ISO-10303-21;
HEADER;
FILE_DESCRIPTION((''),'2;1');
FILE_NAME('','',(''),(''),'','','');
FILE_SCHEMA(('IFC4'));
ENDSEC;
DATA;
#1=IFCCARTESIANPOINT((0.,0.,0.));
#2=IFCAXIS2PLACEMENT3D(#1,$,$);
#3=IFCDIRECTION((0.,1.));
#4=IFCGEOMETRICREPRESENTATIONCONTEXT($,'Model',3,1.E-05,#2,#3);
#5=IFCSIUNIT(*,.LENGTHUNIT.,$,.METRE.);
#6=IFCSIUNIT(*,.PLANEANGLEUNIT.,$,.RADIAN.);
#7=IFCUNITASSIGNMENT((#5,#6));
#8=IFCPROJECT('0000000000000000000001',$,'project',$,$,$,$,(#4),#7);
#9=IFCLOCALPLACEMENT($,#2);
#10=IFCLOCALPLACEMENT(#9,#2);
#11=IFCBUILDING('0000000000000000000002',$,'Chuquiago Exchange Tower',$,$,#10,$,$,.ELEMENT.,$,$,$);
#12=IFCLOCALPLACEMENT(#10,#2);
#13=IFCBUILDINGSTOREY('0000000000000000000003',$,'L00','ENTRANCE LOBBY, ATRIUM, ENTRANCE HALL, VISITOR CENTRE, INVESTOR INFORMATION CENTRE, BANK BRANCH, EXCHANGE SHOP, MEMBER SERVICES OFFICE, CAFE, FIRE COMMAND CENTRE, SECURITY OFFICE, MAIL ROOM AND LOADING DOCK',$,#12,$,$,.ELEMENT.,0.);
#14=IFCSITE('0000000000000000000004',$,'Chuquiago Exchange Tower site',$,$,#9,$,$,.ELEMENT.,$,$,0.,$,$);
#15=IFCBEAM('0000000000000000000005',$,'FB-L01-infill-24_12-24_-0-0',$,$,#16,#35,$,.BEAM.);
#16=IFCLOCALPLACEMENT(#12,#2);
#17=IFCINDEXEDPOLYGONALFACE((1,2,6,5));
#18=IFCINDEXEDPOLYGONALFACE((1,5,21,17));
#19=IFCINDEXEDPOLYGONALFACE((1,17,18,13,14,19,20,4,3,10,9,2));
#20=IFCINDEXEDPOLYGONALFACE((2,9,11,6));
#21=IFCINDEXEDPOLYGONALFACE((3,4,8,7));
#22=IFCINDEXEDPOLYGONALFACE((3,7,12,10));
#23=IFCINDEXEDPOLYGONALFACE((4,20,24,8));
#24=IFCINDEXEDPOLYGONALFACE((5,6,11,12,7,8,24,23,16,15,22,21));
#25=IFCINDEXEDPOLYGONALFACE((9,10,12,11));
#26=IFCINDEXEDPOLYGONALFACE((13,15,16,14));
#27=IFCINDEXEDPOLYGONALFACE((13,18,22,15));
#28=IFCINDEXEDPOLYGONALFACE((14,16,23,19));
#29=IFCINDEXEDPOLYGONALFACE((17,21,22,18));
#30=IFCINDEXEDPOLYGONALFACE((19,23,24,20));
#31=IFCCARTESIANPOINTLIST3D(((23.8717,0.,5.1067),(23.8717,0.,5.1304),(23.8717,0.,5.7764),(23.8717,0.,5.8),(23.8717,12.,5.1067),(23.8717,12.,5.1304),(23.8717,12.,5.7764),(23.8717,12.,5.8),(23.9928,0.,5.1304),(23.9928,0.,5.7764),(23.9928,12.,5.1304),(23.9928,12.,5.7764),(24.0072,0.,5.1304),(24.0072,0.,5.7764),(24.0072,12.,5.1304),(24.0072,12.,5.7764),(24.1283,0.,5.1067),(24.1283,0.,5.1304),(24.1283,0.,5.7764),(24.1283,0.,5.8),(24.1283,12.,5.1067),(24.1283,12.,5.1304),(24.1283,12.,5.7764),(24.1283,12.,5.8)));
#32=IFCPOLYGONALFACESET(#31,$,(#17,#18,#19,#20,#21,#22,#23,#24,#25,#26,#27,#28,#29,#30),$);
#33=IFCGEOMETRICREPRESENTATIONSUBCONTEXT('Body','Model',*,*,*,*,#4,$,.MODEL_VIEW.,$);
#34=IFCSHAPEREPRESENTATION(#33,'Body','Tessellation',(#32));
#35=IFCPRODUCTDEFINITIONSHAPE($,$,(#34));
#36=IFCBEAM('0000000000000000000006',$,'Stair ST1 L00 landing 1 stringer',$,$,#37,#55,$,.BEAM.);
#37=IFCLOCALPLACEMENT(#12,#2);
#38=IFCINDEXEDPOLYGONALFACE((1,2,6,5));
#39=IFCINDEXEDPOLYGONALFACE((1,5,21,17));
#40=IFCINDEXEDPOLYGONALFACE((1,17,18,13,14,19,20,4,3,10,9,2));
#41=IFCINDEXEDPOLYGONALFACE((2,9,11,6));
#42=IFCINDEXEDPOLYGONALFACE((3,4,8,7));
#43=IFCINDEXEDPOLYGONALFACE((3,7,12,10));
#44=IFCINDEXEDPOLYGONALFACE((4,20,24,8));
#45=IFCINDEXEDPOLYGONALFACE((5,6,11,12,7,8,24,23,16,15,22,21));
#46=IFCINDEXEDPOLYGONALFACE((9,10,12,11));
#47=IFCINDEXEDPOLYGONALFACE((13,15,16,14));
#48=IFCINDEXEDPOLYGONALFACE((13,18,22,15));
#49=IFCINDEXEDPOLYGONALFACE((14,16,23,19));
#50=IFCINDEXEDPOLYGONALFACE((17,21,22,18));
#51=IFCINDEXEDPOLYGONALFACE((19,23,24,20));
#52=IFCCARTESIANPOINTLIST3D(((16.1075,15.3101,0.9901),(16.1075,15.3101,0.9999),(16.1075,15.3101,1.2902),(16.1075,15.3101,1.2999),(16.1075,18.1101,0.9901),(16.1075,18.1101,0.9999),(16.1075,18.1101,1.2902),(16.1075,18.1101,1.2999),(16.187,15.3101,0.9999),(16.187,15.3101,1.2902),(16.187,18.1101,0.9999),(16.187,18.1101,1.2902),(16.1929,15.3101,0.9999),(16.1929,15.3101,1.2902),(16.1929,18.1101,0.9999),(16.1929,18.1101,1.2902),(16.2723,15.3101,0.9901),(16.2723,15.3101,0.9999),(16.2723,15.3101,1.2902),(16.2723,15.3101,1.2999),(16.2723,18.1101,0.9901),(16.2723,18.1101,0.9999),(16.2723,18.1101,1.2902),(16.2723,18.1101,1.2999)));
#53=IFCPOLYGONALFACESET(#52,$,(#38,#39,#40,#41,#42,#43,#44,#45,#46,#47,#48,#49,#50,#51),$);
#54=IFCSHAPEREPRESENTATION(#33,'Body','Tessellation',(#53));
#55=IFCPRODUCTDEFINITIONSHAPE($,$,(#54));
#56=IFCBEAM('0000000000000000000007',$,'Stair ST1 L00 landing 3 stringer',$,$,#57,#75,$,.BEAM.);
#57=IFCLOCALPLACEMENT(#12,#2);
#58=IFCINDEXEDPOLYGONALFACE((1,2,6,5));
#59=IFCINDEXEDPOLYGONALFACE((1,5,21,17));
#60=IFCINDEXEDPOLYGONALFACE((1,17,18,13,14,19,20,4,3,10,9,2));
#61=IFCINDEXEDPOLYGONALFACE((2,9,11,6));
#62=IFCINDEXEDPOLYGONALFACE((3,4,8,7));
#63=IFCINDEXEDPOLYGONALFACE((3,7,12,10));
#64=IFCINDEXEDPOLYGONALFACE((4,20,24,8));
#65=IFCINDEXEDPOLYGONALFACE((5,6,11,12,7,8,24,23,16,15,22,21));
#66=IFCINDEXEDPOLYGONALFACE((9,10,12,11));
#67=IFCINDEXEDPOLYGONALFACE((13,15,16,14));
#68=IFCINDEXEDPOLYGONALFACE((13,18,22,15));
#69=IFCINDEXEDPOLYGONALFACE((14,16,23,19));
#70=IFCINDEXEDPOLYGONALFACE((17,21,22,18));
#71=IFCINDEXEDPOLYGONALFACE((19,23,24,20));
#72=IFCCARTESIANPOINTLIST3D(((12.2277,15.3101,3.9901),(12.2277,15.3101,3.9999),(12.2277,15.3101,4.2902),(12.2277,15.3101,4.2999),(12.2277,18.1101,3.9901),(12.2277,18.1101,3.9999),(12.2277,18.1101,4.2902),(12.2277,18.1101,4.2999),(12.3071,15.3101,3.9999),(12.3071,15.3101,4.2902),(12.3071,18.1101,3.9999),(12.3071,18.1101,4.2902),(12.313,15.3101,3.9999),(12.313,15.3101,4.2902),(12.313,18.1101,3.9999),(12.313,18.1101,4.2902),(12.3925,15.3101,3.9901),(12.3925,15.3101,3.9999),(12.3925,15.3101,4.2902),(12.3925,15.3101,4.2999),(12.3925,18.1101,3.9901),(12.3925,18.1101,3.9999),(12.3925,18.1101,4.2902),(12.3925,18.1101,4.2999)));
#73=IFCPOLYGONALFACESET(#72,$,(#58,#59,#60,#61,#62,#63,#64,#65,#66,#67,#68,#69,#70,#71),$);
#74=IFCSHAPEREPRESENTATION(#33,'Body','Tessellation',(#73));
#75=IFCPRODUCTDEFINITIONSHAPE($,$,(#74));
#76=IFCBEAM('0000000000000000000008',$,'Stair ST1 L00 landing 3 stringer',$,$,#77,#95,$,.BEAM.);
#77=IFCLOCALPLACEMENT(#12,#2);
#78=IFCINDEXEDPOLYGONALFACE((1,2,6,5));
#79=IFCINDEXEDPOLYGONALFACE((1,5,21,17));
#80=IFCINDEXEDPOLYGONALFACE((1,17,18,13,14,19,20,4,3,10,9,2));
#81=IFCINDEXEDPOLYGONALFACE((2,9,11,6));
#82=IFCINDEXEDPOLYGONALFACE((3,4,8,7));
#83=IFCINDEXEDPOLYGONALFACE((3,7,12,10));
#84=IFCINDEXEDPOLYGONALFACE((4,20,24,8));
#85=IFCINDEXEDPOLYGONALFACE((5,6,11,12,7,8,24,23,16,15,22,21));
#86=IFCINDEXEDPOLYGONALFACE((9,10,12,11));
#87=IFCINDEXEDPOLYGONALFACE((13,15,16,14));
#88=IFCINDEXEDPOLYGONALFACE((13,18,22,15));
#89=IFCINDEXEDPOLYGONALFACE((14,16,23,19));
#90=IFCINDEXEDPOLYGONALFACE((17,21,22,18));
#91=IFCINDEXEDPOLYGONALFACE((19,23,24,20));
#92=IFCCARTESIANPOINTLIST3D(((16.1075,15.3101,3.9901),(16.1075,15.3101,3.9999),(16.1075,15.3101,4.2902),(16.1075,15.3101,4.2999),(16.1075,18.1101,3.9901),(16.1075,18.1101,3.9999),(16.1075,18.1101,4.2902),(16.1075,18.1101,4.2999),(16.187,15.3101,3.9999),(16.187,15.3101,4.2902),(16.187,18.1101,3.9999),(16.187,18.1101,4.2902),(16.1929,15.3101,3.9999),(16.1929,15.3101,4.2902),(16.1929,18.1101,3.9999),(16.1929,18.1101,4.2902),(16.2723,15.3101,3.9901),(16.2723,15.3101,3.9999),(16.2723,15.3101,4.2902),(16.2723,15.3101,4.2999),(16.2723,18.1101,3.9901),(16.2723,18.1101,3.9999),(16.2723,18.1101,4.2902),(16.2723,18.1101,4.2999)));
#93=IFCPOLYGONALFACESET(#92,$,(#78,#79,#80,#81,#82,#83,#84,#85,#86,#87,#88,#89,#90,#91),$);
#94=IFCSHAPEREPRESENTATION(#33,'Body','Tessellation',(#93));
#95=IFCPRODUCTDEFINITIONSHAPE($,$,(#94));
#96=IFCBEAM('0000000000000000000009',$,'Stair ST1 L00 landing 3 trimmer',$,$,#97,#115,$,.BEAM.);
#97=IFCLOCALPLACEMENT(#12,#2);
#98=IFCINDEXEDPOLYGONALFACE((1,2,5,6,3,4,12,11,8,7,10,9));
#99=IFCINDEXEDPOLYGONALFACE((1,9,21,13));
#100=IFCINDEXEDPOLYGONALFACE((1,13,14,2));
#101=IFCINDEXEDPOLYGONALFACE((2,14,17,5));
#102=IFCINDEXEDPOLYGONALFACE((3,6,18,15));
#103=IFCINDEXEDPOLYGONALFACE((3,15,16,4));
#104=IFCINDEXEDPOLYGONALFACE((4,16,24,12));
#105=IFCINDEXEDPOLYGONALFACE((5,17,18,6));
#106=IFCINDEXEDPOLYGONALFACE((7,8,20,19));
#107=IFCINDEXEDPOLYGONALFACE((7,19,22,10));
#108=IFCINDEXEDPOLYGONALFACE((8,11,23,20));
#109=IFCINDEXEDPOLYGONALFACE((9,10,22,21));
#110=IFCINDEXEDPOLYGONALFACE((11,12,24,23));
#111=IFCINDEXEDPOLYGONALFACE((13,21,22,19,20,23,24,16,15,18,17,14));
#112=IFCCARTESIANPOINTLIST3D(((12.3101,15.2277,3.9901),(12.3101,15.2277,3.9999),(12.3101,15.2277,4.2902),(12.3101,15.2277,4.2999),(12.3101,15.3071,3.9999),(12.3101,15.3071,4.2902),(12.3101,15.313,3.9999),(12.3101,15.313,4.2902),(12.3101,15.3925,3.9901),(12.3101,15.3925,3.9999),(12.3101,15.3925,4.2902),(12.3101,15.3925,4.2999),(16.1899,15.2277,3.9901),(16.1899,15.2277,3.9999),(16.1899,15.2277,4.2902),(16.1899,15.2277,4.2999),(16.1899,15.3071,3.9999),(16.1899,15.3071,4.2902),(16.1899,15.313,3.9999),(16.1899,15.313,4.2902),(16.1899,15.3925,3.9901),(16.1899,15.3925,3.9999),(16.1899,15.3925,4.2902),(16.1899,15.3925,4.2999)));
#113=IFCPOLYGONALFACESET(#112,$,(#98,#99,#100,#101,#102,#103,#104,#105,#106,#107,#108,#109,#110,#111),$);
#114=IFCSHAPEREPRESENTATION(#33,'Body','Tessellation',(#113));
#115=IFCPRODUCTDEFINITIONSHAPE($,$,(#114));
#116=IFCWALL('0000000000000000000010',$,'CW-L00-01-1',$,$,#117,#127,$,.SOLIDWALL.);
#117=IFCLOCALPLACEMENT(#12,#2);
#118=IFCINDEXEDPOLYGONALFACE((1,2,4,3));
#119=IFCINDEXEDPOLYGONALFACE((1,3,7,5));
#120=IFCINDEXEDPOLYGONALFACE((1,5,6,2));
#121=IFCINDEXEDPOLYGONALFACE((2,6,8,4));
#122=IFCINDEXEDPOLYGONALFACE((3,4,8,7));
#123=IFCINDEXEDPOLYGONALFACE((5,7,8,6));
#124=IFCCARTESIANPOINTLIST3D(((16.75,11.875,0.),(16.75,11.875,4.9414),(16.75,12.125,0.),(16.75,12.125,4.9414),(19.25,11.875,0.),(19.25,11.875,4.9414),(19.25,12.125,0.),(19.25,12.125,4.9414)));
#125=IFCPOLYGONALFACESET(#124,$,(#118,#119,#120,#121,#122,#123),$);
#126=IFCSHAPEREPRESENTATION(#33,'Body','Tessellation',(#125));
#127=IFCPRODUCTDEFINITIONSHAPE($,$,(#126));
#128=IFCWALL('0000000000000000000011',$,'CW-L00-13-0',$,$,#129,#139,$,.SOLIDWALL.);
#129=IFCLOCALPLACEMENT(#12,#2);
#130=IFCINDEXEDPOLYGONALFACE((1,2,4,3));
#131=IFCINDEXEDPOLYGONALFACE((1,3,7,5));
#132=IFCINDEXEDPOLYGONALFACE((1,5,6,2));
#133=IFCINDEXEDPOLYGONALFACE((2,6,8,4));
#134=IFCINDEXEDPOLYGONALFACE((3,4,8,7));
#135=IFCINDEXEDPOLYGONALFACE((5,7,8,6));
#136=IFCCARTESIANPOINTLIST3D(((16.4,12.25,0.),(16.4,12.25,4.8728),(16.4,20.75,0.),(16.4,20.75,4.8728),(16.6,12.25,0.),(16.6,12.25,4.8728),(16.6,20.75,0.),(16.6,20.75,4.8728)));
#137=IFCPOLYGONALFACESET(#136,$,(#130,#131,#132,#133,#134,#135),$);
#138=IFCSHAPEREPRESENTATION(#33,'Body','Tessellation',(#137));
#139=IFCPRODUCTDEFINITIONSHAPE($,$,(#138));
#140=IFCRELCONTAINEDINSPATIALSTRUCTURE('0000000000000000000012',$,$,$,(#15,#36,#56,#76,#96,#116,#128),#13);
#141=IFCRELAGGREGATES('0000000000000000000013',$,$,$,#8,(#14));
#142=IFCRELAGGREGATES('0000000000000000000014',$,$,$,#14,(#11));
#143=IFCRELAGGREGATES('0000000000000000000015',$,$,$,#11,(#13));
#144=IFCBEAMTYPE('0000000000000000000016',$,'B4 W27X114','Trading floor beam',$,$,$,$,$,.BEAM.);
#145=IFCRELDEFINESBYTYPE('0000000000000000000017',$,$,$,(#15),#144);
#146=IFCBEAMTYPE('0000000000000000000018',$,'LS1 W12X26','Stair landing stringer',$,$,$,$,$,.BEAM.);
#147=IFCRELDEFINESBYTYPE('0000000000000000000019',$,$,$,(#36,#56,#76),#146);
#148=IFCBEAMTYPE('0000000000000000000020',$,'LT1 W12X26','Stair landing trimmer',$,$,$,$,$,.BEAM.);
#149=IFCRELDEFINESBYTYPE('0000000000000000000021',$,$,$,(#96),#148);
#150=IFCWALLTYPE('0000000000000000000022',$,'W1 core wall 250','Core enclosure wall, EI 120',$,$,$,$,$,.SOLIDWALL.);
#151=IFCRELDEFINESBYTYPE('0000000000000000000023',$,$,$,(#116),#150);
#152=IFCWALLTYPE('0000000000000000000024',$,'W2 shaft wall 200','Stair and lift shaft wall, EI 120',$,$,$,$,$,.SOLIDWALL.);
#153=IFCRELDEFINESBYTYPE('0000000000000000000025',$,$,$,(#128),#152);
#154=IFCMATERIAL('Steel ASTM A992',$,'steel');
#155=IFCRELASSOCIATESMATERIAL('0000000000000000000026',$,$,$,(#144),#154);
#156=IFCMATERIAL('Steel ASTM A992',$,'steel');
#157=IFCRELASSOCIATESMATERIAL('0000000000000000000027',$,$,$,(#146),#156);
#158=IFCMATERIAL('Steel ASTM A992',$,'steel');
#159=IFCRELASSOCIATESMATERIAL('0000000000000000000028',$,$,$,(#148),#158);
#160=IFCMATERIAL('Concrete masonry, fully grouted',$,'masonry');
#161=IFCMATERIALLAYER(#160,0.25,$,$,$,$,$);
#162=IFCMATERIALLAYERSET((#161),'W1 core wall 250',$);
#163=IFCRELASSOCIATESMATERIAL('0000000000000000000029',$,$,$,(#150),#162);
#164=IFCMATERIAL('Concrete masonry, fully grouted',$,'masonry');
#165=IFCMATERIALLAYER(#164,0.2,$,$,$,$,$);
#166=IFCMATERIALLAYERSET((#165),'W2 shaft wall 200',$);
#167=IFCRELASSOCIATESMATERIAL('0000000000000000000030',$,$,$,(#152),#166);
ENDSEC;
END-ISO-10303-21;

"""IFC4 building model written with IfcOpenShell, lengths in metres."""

from ifc_helpers import new_model, si_unit, direction, frame, frame_2d, origin, origin_2d, place, context, subcontext, project, spatial, rectangle, i_section, extrude, material, layer, layer_set, material_profile, profile_set, type_object, element, save


model = new_model("IFC4")

# Units and contexts
model_context = context("Model", 3, precision=1e-05, world=origin(), true_north=direction((0.0, 1.0)))
body_context = subcontext(model_context, "Body", "Model", "MODEL_VIEW")
ifc_project = project(units=[si_unit("LENGTHUNIT", "METRE"), si_unit("PLANEANGLEUNIT", "RADIAN")], contexts=[model_context])

# Site, building, storey
site_placement = place(None, origin())
site = spatial("IfcSite", under=ifc_project, at=site_placement, Name="Chuquiago Exchange Tower site", CompositionType="ELEMENT", RefElevation=0.0)
building_placement = place(site_placement, origin())
building = spatial("IfcBuilding", under=site, at=building_placement, Name="Chuquiago Exchange Tower", CompositionType="ELEMENT")
storey_placement = place(building_placement, origin())
storey = spatial("IfcBuildingStorey", under=building, at=storey_placement, Name="L00", Description="ENTRANCE LOBBY, ATRIUM, ENTRANCE HALL, VISITOR CENTRE, INVESTOR INFORMATION CENTRE, BANK BRANCH, EXCHANGE SHOP, MEMBER SERVICES OFFICE, CAFE, FIRE COMMAND CENTRE, SECURITY OFFICE, MAIL ROOM AND LOADING DOCK", CompositionType="ELEMENT", Elevation=0.0)

# Beams
ifc_material_1 = material(Name="Steel ASTM A992", Category="steel")
ifc_material_profile_1 = material_profile(ifc_material_1, i_section(OverallWidth=0.2566, OverallDepth=0.6934, WebThickness=0.0144, FlangeThickness=0.0237, at=origin_2d()), Name="W27X114")
ifc_profile_set_1 = profile_set([ifc_material_profile_1], Name="Steel ASTM A992")
beam_type_1 = type_object("IfcBeamType", Name="B4 W27X114", Description="Trading floor beam", PredefinedType="BEAM", material=ifc_profile_set_1)
for number, where, z_axis, x_axis, name in (
    (1, (24.0, 12.0, 5.4534), (0.0, -1.0, 0.0), (1.0, 0.0, 0.0), "FB-L01-infill-24_12-24_-0-0"),
):
    element("IfcBeam", number, at=place(storey_placement, frame(where, z_axis=z_axis, x_axis=x_axis)), inside=storey, type_object=beam_type_1, Name=name, PredefinedType="BEAM", context=body_context, shape_type="SweptSolid", body=[
        extrude(i_section(OverallWidth=0.2566, OverallDepth=0.6934, WebThickness=0.0144, FlangeThickness=0.0237, at=origin_2d()), origin(), (0.0, 0.0, 1.0), 12.0),
    ])
ifc_material_2 = material(Name="Steel ASTM A992", Category="steel")
ifc_material_profile_2 = material_profile(ifc_material_2, i_section(OverallWidth=0.1648, OverallDepth=0.3098, WebThickness=0.0059, FlangeThickness=0.0098, at=origin_2d()), Name="W12X26")
ifc_profile_set_2 = profile_set([ifc_material_profile_2], Name="Steel ASTM A992")
beam_type_2 = type_object("IfcBeamType", Name="LS1 W12X26", Description="Stair landing stringer", PredefinedType="BEAM", material=ifc_profile_set_2)
for number, where, z_axis, x_axis, name in (
    (2, (16.1899, 15.3101, 1.145), (0.0, 1.0, 0.0), (-1.0, 0.0, 0.0), "Stair ST1 L00 landing 1 stringer"),
    (3, (12.3101, 15.3101, 4.145), (0.0, 1.0, 0.0), (-1.0, 0.0, 0.0), "Stair ST1 L00 landing 3 stringer"),
    (4, (16.1899, 15.3101, 4.145), (0.0, 1.0, 0.0), (-1.0, 0.0, 0.0), "Stair ST1 L00 landing 3 stringer"),
):
    element("IfcBeam", number, at=place(storey_placement, frame(where, z_axis=z_axis, x_axis=x_axis)), inside=storey, type_object=beam_type_2, Name=name, PredefinedType="BEAM", context=body_context, shape_type="SweptSolid", body=[
        extrude(i_section(OverallWidth=0.1648, OverallDepth=0.3098, WebThickness=0.0059, FlangeThickness=0.0098, at=origin_2d()), origin(), (0.0, 0.0, 1.0), 2.8),
    ])
ifc_material_3 = material(Name="Steel ASTM A992", Category="steel")
ifc_material_profile_3 = material_profile(ifc_material_3, i_section(OverallWidth=0.1648, OverallDepth=0.3098, WebThickness=0.0059, FlangeThickness=0.0098, at=origin_2d()), Name="W12X26")
ifc_profile_set_3 = profile_set([ifc_material_profile_3], Name="Steel ASTM A992")
beam_type_3 = type_object("IfcBeamType", Name="LT1 W12X26", Description="Stair landing trimmer", PredefinedType="BEAM", material=ifc_profile_set_3)
beam_1_placement = place(storey_placement, frame((12.3101, 15.3101, 4.145), z_axis=(1.0, 0.0, 0.0), x_axis=(0.0, 1.0, 0.0)))
element("IfcBeam", 5, at=beam_1_placement, inside=storey, type_object=beam_type_3, Name="Stair ST1 L00 landing 3 trimmer", PredefinedType="BEAM", context=body_context, shape_type="SweptSolid", body=[
    extrude(i_section(OverallWidth=0.1648, OverallDepth=0.3098, WebThickness=0.0059, FlangeThickness=0.0098, at=origin_2d()), origin(), (0.0, 0.0, 1.0), 3.8799),
])

# Walls
ifc_material_4 = material(Name="Concrete masonry, fully grouted", Category="masonry")
ifc_layer_1 = layer(ifc_material_4, 0.25)
ifc_layer_set_1 = layer_set([ifc_layer_1], Name="W1 core wall 250")
wall_type_1 = type_object("IfcWallType", Name="W1 core wall 250", Description="Core enclosure wall, EI 120", PredefinedType="SOLIDWALL", material=ifc_layer_set_1)
wall_1_placement = place(storey_placement, frame((16.75, 12.0, 0.0), z_axis=(0.0, 0.0, 1.0), x_axis=(1.0, 0.0, 0.0)))
element("IfcWall", 6, at=wall_1_placement, inside=storey, type_object=wall_type_1, Name="CW-L00-01-1", PredefinedType="SOLIDWALL", context=body_context, shape_type="SweptSolid", body=[
    extrude(rectangle(XDim=2.5, YDim=0.25, at=frame_2d((1.25, 0.0))), origin(), (0.0, 0.0, 1.0), 4.9414),
])
ifc_material_5 = material(Name="Concrete masonry, fully grouted", Category="masonry")
ifc_layer_2 = layer(ifc_material_5, 0.2)
ifc_layer_set_2 = layer_set([ifc_layer_2], Name="W2 shaft wall 200")
wall_type_2 = type_object("IfcWallType", Name="W2 shaft wall 200", Description="Stair and lift shaft wall, EI 120", PredefinedType="SOLIDWALL", material=ifc_layer_set_2)
wall_2_placement = place(storey_placement, frame((16.5, 12.25, 0.0), z_axis=(0.0, 0.0, 1.0), x_axis=(0.0, 1.0, 0.0)))
element("IfcWall", 7, at=wall_2_placement, inside=storey, type_object=wall_type_2, Name="CW-L00-13-0", PredefinedType="SOLIDWALL", context=body_context, shape_type="SweptSolid", body=[
    extrude(rectangle(XDim=8.5, YDim=0.2, at=frame_2d((4.25, 0.0))), origin(), (0.0, 0.0, 1.0), 4.8728),
])

save(model, "model.ifc")
